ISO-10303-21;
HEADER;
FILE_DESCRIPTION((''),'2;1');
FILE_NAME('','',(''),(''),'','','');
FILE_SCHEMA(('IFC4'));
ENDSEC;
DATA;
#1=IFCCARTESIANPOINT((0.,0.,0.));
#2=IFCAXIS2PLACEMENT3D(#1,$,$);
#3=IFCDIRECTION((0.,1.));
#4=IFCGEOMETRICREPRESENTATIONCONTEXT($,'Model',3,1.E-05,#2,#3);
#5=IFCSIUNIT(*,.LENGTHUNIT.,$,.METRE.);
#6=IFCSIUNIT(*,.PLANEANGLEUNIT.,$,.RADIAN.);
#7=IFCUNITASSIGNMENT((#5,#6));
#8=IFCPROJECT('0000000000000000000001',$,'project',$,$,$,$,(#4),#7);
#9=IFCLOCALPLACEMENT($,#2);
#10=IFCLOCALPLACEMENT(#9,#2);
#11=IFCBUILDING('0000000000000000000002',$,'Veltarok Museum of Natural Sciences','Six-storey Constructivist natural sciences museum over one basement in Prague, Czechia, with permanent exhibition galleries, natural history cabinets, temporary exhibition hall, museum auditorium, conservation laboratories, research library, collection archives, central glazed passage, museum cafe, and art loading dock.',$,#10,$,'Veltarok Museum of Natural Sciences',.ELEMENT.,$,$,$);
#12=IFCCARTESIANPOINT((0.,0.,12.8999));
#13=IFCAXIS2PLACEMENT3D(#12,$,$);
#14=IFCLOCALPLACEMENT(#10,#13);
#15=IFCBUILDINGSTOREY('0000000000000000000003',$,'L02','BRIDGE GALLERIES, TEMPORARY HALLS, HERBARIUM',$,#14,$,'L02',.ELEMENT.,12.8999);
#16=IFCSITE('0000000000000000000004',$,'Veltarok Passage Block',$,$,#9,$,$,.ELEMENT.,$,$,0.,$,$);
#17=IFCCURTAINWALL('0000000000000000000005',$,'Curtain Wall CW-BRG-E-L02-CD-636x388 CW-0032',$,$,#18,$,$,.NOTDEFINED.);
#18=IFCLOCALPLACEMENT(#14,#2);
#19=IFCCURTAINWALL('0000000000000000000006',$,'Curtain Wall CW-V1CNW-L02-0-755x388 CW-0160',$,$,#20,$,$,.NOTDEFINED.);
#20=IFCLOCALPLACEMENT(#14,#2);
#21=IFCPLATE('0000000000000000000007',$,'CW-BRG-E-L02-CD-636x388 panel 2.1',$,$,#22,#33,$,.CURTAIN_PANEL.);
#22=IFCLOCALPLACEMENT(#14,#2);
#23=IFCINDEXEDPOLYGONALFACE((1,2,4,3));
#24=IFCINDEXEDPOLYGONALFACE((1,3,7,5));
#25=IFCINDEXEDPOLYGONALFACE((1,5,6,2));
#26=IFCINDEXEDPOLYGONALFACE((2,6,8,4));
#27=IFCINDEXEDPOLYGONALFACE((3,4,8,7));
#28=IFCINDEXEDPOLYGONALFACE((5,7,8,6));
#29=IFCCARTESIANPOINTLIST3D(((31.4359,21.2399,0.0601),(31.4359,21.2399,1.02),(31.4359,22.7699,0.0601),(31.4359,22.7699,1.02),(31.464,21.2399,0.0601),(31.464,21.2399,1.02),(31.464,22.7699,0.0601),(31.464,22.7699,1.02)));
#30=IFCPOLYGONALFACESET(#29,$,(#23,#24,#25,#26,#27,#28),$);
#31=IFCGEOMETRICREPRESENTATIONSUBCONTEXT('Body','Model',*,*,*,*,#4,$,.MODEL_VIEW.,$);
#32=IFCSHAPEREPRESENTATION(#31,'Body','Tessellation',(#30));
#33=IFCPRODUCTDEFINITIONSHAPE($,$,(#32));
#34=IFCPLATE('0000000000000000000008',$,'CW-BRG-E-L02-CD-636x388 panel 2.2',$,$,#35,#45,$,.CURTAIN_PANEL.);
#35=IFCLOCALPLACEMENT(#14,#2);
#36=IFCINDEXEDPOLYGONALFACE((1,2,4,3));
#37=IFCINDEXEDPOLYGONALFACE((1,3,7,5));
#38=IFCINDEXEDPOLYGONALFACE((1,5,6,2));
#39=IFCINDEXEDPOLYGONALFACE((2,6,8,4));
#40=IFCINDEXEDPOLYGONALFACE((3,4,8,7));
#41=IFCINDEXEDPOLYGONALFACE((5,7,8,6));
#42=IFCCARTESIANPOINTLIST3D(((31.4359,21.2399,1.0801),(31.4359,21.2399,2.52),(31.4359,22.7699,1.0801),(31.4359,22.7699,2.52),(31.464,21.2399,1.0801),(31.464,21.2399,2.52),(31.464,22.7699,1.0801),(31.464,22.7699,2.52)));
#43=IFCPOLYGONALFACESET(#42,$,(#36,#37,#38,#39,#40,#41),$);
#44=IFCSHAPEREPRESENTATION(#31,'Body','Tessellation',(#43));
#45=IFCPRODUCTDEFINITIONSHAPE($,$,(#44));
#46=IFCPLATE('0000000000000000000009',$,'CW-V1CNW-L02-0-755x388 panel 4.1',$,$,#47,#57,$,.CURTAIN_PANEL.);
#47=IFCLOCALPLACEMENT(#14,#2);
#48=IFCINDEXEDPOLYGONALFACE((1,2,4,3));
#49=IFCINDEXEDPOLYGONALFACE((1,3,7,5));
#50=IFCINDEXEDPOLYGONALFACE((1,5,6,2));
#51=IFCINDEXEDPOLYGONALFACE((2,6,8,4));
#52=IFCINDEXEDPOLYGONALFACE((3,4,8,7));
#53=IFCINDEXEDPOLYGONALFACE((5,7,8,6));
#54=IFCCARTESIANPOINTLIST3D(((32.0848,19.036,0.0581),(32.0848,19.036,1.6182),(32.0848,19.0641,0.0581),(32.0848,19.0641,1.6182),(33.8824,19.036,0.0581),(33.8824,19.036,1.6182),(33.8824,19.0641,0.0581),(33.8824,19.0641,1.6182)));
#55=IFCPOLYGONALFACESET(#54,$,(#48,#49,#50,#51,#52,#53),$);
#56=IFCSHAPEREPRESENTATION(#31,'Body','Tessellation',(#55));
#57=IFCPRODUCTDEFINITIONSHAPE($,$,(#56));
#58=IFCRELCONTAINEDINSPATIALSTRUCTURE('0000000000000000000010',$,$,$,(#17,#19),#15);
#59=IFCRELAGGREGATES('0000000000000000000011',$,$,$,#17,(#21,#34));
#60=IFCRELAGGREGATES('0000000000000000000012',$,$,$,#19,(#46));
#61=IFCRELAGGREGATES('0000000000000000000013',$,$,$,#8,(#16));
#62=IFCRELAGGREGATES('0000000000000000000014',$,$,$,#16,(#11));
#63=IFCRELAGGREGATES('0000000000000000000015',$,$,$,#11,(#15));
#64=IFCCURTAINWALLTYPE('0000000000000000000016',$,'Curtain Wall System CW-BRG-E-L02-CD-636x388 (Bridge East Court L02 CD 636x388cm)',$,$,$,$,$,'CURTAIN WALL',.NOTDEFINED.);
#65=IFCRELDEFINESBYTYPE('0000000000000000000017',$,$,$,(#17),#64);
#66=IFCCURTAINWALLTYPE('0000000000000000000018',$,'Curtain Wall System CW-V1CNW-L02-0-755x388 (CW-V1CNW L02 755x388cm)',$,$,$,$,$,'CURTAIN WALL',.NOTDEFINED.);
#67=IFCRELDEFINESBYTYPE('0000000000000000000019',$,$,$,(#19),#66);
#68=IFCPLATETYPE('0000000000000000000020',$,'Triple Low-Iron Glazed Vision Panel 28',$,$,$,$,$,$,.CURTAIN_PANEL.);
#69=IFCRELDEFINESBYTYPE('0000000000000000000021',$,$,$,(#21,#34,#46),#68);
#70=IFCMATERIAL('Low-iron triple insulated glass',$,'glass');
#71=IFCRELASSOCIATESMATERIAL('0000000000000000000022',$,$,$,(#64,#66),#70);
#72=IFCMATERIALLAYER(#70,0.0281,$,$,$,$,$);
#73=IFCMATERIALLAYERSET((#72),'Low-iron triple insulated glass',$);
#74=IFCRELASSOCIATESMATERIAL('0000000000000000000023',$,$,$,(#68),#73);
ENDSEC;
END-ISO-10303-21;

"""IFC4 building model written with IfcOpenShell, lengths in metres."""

from ifc_helpers import new_model, si_unit, direction, frame, origin, origin_2d, place, context, subcontext, project, spatial, rectangle, extrude, material, layer, layer_set, type_object, element, aggregate, save


model = new_model("IFC4")

# Units and contexts
model_context = context("Model", 3, precision=1e-05, world=origin(), true_north=direction((0.0, 1.0)))
body_context = subcontext(model_context, "Body", "Model", "MODEL_VIEW")
ifc_project = project(units=[si_unit("LENGTHUNIT", "METRE"), si_unit("PLANEANGLEUNIT", "RADIAN")], contexts=[model_context])

# Site, building, storey
site_placement = place(None, origin())
site = spatial("IfcSite", under=ifc_project, at=site_placement, Name="Veltarok Passage Block", CompositionType="ELEMENT", RefElevation=0.0)
building_placement = place(site_placement, origin())
building = spatial("IfcBuilding", under=site, at=building_placement, Name="Veltarok Museum of Natural Sciences", Description="Six-storey Constructivist natural sciences museum over one basement in Prague, Czechia, with permanent exhibition galleries, natural history cabinets, temporary exhibition hall, museum auditorium, conservation laboratories, research library, collection archives, central glazed passage, museum cafe, and art loading dock.", LongName="Veltarok Museum of Natural Sciences", CompositionType="ELEMENT")
storey_placement = place(building_placement, frame((0.0, 0.0, 12.8999)))
storey = spatial("IfcBuildingStorey", under=building, at=storey_placement, Name="L02", Description="BRIDGE GALLERIES, TEMPORARY HALLS, HERBARIUM", LongName="L02", CompositionType="ELEMENT", Elevation=12.8999)

# Curtain wall
ifc_material_1 = material(Name="Low-iron triple insulated glass", Category="glass")
curtain_wall_type_1 = type_object("IfcCurtainWallType", Name="Curtain Wall System CW-BRG-E-L02-CD-636x388 (Bridge East Court L02 CD 636x388cm)", ElementType="CURTAIN WALL", PredefinedType="NOTDEFINED", material=ifc_material_1)
curtain_wall_1_placement = place(storey_placement, origin())
curtain_wall_1 = element("IfcCurtainWall", 1, at=curtain_wall_1_placement, inside=storey, type_object=curtain_wall_type_1, Name="Curtain Wall CW-BRG-E-L02-CD-636x388 CW-0032", PredefinedType="NOTDEFINED")

# Curtain wall
curtain_wall_type_2 = type_object("IfcCurtainWallType", Name="Curtain Wall System CW-V1CNW-L02-0-755x388 (CW-V1CNW L02 755x388cm)", ElementType="CURTAIN WALL", PredefinedType="NOTDEFINED", material=ifc_material_1)
curtain_wall_2_placement = place(storey_placement, origin())
curtain_wall_2 = element("IfcCurtainWall", 2, at=curtain_wall_2_placement, inside=storey, type_object=curtain_wall_type_2, Name="Curtain Wall CW-V1CNW-L02-0-755x388 CW-0160", PredefinedType="NOTDEFINED")

# Plates
ifc_layer_1 = layer(ifc_material_1, 0.0281)
ifc_layer_set_1 = layer_set([ifc_layer_1], Name="Low-iron triple insulated glass")
plate_type_1 = type_object("IfcPlateType", Name="Triple Low-Iron Glazed Vision Panel 28", PredefinedType="CURTAIN_PANEL", material=ifc_layer_set_1)
plate_1_placement = place(storey_placement, frame((31.45, 22.0049, 0.0601), z_axis=(0.0, 0.0, 1.0), x_axis=(0.0, 1.0, 0.0)))
plate_1 = element("IfcPlate", 3, at=plate_1_placement, type_object=plate_type_1, Name="CW-BRG-E-L02-CD-636x388 panel 2.1", PredefinedType="CURTAIN_PANEL", context=body_context, shape_type="SweptSolid", body=[
    extrude(rectangle(XDim=1.53, YDim=0.0281, at=origin_2d()), origin(), (0.0, 0.0, 1.0), 0.96),
])
plate_2_placement = place(storey_placement, frame((31.45, 22.0049, 1.0801), z_axis=(0.0, 0.0, 1.0), x_axis=(0.0, 1.0, 0.0)))
plate_2 = element("IfcPlate", 4, at=plate_2_placement, type_object=plate_type_1, Name="CW-BRG-E-L02-CD-636x388 panel 2.2", PredefinedType="CURTAIN_PANEL", context=body_context, shape_type="SweptSolid", body=[
    extrude(rectangle(XDim=1.53, YDim=0.0281, at=origin_2d()), origin(), (0.0, 0.0, 1.0), 1.4399),
])
aggregate(curtain_wall_1, [plate_1, plate_2])
plate_3_placement = place(storey_placement, frame((32.9836, 19.05, 0.0581), z_axis=(0.0, 0.0, 1.0), x_axis=(-1.0, 0.0, 0.0)))
plate_3 = element("IfcPlate", 5, at=plate_3_placement, type_object=plate_type_1, Name="CW-V1CNW-L02-0-755x388 panel 4.1", PredefinedType="CURTAIN_PANEL", context=body_context, shape_type="SweptSolid", body=[
    extrude(rectangle(XDim=1.7976, YDim=0.0281, at=origin_2d()), origin(), (0.0, 0.0, 1.0), 1.5601),
])
aggregate(curtain_wall_2, [plate_3])

save(model, "model.ifc")
